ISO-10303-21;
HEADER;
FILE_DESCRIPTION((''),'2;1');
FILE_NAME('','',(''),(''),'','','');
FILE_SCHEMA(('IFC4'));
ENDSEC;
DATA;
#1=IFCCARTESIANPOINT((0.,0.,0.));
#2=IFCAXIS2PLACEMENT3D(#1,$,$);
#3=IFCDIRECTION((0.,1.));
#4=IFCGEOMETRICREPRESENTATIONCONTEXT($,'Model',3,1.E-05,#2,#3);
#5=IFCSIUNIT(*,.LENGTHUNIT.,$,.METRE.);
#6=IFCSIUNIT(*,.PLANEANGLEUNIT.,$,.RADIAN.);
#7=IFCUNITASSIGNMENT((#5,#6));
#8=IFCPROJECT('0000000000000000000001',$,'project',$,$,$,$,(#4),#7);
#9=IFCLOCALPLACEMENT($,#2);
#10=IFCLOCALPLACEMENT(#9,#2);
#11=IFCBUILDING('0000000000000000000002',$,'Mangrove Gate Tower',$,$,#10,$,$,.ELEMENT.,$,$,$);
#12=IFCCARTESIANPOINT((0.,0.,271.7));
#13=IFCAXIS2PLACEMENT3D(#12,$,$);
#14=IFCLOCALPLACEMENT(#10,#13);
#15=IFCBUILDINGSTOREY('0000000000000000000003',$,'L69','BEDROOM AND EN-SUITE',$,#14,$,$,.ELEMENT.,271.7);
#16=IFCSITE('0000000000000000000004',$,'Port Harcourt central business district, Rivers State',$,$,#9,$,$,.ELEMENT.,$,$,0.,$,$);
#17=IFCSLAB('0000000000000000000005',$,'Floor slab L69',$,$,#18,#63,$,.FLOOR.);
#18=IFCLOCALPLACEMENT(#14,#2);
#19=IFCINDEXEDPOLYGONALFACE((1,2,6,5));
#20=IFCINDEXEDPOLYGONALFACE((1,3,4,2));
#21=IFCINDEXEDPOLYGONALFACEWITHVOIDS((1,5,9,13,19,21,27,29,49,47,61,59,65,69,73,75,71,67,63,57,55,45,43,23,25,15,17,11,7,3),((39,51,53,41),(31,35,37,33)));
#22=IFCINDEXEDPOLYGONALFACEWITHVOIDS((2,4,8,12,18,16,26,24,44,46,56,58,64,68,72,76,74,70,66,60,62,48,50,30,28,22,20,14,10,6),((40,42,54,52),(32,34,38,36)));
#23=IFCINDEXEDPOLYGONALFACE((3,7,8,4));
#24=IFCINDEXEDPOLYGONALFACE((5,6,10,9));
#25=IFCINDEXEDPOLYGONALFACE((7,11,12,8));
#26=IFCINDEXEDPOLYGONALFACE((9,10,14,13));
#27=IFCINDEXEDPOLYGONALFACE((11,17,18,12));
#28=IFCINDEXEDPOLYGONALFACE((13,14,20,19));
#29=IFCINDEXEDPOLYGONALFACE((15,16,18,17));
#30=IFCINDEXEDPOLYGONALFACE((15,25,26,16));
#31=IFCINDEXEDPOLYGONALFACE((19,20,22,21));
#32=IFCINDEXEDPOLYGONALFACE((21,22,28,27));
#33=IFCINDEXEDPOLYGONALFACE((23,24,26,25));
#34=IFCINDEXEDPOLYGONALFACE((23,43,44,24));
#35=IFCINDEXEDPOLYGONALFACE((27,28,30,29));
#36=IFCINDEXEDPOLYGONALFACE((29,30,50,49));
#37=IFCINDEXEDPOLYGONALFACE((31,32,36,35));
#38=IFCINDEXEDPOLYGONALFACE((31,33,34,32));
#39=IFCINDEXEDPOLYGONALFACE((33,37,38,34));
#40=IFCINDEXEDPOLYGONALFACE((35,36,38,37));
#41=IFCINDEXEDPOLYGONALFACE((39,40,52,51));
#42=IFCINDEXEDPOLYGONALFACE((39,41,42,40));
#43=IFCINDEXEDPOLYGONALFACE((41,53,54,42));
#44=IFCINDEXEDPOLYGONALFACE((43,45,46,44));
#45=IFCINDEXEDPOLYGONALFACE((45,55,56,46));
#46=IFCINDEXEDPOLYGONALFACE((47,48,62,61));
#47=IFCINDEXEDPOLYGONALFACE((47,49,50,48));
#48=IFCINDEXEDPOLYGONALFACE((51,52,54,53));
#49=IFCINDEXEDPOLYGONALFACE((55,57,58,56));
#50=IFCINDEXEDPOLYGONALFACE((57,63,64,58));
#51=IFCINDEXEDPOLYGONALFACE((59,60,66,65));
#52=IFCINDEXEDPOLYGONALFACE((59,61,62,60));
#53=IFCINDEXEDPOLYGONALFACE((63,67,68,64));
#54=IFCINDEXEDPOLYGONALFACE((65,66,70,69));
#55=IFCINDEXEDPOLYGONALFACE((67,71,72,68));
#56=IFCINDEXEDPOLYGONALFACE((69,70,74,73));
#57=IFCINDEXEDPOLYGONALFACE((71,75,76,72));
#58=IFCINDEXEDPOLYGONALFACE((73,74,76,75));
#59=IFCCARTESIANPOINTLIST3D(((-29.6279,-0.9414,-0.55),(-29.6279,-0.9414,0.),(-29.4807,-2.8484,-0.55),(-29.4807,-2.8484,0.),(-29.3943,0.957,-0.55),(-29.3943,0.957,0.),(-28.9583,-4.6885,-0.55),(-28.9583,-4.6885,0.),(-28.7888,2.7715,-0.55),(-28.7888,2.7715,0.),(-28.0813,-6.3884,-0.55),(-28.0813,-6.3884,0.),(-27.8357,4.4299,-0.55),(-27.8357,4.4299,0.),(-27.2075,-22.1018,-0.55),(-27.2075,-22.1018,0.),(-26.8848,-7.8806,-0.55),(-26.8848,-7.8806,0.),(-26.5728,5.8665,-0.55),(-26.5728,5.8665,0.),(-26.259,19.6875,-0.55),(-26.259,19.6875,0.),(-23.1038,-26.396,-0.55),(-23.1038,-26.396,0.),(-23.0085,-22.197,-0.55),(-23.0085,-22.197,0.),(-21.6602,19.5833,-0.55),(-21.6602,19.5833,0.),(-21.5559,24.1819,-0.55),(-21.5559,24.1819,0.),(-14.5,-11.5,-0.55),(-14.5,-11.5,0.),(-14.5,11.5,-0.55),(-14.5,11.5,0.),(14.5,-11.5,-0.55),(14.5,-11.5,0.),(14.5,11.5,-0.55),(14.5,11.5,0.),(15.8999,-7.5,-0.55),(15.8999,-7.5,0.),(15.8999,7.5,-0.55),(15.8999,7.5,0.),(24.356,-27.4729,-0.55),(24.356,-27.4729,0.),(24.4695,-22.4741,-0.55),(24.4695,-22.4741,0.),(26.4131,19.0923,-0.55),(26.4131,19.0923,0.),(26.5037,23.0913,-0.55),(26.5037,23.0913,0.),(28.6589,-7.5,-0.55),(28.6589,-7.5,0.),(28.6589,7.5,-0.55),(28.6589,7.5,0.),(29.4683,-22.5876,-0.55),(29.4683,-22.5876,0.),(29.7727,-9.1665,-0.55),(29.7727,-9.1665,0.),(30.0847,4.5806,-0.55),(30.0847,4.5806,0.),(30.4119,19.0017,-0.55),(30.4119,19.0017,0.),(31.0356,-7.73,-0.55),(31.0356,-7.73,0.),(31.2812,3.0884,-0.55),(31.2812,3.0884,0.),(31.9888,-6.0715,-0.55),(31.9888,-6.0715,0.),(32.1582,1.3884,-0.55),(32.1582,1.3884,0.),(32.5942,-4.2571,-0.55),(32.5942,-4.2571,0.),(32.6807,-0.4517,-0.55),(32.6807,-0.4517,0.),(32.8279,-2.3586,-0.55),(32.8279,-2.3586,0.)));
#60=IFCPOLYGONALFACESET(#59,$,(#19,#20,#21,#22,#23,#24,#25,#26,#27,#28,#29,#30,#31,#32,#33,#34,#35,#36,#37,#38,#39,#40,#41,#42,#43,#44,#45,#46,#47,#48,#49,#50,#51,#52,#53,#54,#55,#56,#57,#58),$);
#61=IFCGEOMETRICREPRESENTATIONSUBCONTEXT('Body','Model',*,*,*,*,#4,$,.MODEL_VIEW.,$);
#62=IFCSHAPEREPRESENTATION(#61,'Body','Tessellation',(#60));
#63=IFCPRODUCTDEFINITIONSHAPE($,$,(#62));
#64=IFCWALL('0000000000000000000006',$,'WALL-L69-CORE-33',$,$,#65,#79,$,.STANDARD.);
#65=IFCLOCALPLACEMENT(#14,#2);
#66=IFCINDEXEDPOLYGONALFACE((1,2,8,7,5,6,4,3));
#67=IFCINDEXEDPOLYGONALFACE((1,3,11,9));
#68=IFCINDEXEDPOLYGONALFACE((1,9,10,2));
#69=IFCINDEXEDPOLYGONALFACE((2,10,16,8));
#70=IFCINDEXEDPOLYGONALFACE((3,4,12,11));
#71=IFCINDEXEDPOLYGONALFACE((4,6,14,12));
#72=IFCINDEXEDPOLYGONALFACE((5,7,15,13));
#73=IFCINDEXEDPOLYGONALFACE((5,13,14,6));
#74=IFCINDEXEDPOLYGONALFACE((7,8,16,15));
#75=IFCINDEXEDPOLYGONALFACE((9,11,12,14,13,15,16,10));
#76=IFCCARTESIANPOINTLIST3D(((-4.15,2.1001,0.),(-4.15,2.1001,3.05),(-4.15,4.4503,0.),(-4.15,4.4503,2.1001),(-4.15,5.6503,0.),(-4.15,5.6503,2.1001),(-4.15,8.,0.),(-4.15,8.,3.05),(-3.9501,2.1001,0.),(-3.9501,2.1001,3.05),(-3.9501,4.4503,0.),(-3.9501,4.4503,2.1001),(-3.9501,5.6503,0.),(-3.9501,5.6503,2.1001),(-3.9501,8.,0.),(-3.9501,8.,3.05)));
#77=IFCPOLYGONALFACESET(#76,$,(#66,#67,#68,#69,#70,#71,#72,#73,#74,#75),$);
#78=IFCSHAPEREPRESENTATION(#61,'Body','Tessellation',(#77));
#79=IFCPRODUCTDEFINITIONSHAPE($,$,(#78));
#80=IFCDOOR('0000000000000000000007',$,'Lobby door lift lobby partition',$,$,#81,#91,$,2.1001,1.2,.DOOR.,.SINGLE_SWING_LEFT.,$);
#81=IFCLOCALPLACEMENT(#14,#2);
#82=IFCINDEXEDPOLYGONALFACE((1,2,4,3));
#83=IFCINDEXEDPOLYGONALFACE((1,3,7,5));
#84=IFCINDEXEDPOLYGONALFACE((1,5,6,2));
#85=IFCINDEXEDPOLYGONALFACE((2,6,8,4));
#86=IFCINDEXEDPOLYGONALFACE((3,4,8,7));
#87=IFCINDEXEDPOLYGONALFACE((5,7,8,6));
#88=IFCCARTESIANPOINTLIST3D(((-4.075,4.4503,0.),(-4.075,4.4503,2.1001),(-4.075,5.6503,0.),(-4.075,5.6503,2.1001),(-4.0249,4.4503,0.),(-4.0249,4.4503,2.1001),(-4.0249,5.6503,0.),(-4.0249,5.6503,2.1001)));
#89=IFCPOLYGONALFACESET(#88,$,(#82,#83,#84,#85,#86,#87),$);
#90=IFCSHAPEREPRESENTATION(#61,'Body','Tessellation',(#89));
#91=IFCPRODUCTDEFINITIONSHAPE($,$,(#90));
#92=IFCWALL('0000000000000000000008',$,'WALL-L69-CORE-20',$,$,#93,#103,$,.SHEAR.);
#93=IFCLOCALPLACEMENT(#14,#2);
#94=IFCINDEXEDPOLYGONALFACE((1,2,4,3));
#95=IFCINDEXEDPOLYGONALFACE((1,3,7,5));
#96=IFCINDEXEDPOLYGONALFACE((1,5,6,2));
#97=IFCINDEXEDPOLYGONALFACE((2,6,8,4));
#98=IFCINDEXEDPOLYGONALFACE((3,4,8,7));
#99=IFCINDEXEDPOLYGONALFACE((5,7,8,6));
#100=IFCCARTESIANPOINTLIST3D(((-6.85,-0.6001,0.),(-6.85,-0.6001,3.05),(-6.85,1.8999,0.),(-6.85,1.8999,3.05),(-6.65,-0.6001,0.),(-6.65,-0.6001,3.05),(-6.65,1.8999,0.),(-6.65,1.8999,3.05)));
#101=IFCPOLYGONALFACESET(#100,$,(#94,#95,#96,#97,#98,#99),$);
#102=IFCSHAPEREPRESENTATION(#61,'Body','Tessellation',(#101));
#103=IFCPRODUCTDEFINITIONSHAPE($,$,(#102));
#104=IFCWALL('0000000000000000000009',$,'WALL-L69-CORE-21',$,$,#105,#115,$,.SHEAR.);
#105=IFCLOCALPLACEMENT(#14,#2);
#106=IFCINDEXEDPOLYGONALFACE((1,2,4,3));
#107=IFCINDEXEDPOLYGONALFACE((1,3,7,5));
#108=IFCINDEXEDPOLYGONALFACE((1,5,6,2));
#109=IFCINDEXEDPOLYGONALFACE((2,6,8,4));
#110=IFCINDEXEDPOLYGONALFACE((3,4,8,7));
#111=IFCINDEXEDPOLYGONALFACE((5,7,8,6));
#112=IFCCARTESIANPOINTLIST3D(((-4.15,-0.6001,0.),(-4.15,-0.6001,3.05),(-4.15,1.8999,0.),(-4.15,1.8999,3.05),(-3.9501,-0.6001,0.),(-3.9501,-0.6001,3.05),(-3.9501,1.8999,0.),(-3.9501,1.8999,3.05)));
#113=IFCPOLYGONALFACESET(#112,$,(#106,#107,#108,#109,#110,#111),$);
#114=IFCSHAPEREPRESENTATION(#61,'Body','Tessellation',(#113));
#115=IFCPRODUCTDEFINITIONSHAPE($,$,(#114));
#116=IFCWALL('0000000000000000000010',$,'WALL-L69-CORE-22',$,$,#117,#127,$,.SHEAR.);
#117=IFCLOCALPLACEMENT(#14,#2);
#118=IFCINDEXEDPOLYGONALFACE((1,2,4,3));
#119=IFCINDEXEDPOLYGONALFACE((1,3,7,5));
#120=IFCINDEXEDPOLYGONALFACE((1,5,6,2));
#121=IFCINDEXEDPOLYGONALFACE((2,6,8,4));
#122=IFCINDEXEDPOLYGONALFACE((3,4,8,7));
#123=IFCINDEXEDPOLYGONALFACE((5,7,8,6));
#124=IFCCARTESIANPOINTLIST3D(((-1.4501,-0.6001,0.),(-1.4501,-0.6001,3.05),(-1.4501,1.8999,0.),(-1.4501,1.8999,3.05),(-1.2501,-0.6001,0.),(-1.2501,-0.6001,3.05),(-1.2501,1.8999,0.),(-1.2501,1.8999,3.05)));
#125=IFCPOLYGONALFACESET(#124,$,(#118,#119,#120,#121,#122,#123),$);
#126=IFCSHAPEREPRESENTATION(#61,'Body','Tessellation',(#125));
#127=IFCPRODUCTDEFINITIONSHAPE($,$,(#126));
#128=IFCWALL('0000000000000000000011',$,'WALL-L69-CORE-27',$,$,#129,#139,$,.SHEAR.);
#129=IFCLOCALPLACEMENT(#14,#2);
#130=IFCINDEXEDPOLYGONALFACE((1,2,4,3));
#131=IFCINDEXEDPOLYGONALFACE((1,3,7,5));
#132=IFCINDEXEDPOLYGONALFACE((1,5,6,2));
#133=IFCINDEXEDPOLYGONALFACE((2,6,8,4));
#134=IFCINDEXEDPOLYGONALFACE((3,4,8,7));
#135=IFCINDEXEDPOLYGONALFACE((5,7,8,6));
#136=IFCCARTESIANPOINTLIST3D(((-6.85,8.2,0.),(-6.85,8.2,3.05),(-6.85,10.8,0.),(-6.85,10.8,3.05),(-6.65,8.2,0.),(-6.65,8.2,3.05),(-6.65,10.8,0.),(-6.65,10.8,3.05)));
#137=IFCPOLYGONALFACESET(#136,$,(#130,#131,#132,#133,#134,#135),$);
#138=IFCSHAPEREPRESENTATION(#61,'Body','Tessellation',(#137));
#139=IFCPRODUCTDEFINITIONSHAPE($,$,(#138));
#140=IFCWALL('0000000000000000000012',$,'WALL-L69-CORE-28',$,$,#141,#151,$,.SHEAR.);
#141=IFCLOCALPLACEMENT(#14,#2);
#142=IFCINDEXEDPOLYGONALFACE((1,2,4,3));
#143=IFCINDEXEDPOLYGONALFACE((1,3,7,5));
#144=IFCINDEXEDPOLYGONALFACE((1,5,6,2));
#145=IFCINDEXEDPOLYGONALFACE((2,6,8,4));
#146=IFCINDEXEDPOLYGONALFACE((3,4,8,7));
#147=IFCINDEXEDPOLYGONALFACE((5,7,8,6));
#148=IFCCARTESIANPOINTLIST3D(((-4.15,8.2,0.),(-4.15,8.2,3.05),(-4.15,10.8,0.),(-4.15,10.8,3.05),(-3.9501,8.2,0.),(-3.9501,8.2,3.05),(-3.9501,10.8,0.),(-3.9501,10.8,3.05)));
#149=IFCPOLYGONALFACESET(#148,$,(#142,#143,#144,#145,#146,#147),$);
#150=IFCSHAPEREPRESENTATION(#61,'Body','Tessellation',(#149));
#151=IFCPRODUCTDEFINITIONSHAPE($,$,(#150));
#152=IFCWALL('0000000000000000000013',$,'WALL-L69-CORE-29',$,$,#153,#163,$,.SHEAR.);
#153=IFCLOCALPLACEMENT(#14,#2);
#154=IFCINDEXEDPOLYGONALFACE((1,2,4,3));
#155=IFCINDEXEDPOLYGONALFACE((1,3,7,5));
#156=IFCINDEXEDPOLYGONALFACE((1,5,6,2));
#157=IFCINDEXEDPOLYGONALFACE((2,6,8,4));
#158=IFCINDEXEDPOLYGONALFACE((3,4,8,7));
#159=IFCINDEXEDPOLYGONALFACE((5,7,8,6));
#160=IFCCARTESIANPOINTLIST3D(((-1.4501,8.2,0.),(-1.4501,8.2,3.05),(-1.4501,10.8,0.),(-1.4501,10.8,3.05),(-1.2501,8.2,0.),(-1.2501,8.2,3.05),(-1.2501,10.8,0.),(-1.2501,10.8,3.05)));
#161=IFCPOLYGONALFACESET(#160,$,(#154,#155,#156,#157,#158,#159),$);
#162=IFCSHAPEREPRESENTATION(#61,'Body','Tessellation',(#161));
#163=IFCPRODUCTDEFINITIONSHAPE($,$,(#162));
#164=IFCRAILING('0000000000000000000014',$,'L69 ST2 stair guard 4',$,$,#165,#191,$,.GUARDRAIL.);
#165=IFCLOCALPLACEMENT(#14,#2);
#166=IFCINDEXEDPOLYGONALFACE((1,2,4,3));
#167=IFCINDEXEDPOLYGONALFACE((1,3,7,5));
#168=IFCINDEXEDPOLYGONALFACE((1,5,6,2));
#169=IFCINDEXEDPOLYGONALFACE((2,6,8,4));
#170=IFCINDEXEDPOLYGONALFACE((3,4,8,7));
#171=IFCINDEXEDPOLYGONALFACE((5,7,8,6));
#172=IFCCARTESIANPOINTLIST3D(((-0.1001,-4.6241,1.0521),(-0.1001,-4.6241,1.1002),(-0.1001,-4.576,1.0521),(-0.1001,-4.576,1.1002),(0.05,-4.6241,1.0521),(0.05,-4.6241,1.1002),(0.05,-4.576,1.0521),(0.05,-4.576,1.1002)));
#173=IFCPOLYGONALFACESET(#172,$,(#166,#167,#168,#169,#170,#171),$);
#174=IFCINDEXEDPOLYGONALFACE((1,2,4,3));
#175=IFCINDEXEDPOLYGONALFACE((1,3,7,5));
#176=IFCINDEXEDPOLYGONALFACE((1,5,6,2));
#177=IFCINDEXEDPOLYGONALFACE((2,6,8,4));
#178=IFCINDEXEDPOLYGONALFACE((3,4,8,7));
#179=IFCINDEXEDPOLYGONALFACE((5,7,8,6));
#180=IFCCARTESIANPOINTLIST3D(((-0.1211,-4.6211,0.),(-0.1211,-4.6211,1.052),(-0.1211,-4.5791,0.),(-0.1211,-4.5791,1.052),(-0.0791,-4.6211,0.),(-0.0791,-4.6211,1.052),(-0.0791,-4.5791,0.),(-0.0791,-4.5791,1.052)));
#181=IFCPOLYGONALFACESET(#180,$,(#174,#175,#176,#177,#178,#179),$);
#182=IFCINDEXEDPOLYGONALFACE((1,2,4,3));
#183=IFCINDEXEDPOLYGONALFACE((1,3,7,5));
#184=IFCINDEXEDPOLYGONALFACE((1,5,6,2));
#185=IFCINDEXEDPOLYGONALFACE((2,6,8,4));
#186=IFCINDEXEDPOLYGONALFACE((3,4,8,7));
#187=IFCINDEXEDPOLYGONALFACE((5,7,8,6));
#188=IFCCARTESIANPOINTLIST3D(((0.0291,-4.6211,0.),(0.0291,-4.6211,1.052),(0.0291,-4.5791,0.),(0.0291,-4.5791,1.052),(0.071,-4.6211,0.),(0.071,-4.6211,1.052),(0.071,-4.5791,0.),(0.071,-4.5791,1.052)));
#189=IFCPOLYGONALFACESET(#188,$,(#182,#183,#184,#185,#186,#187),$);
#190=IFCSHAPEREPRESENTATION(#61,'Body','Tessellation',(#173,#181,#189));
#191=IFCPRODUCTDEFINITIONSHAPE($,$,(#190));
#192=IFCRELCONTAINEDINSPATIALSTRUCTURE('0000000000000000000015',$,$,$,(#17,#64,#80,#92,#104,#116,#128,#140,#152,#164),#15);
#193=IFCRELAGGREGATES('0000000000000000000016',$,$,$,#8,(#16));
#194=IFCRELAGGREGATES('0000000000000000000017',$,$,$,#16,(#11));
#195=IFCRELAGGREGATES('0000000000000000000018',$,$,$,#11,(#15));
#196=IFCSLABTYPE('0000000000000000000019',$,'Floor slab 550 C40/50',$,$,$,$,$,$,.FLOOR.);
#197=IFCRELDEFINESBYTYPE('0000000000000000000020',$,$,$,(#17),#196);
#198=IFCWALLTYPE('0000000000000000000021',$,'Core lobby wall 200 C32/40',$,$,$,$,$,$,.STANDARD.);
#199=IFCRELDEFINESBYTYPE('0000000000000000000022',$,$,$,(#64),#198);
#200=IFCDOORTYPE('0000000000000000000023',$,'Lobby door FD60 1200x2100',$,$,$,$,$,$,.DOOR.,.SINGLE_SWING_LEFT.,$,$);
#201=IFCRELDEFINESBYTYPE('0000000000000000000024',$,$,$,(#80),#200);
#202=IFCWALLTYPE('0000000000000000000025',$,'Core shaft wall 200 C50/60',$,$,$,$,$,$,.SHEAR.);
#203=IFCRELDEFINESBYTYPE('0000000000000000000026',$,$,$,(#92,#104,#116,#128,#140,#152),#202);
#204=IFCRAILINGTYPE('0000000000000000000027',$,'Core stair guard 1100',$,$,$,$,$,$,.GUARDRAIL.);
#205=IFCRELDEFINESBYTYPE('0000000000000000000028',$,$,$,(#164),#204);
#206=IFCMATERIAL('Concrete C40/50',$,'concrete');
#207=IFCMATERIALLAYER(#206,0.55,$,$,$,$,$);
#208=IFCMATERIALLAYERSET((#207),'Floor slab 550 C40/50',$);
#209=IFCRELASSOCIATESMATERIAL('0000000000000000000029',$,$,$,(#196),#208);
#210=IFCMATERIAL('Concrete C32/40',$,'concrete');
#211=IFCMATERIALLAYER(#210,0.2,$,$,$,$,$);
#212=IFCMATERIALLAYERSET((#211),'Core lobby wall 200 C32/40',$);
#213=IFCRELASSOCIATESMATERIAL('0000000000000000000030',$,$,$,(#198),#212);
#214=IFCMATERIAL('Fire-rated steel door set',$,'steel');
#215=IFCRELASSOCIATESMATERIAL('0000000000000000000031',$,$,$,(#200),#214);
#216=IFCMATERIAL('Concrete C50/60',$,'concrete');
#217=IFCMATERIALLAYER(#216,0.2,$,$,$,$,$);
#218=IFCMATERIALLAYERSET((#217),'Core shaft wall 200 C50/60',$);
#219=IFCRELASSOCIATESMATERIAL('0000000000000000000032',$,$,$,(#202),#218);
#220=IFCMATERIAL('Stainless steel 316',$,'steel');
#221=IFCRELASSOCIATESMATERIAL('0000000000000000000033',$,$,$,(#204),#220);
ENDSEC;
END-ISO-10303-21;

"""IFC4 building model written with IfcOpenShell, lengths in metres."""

from ifc_helpers import new_model, si_unit, direction, frame, frame_2d, origin, origin_2d, place, context, subcontext, project, spatial, polyline, rectangle, outline, extrude, material, layer, layer_set, type_object, element, fill, save


model = new_model("IFC4")

# Units and contexts
model_context = context("Model", 3, precision=1e-05, world=origin(), true_north=direction((0.0, 1.0)))
body_context = subcontext(model_context, "Body", "Model", "MODEL_VIEW")
ifc_project = project(units=[si_unit("LENGTHUNIT", "METRE"), si_unit("PLANEANGLEUNIT", "RADIAN")], contexts=[model_context])

# Site, building, storey
site_placement = place(None, origin())
site = spatial("IfcSite", under=ifc_project, at=site_placement, Name="Port Harcourt central business district, Rivers State", CompositionType="ELEMENT", RefElevation=0.0)
building_placement = place(site_placement, origin())
building = spatial("IfcBuilding", under=site, at=building_placement, Name="Mangrove Gate Tower", CompositionType="ELEMENT")
storey_placement = place(building_placement, frame((0.0, 0.0, 271.7)))
storey = spatial("IfcBuildingStorey", under=building, at=storey_placement, Name="L69", Description="BEDROOM AND EN-SUITE", CompositionType="ELEMENT", Elevation=271.7)

# Slab
ifc_material_1 = material(Name="Concrete C40/50", Category="concrete")
ifc_layer_1 = layer(ifc_material_1, 0.55)
ifc_layer_set_1 = layer_set([ifc_layer_1], Name="Floor slab 550 C40/50")
slab_type = type_object("IfcSlabType", Name="Floor slab 550 C40/50", PredefinedType="FLOOR", material=ifc_layer_set_1)
slab_placement = place(storey_placement, frame((0.0, 0.0, -0.55)))
element("IfcSlab", 1, at=slab_placement, inside=storey, type_object=slab_type, Name="Floor slab L69", PredefinedType="FLOOR", context=body_context, shape_type="SweptSolid", body=[
    extrude(outline(polyline([(-23.1038, -26.396), (24.356, -27.4729), (24.4695, -22.4741), (29.4683, -22.5876), (29.7727, -9.1665), (31.0356, -7.73), (31.9888, -6.0715), (32.5942, -4.2571), (32.8279, -2.3586), (32.6807, -0.4517), (32.1582, 1.3884), (31.2812, 3.0884), (30.0847, 4.5806), (30.4119, 19.0017), (26.4131, 19.0923), (26.5037, 23.0913), (-21.5559, 24.1819), (-21.6602, 19.5833), (-26.259, 19.6875), (-26.5728, 5.8665), (-27.8357, 4.4299), (-28.7888, 2.7715), (-29.3943, 0.957), (-29.6279, -0.9414), (-29.4807, -2.8484), (-28.9583, -4.6885), (-28.0813, -6.3884), (-26.8848, -7.8806), (-27.2075, -22.1018), (-23.0085, -22.197), (-23.1038, -26.396)]), holes=[polyline([(15.8999, 7.5), (28.6589, 7.5), (28.6589, -7.5), (15.8999, -7.5), (15.8999, 7.5)]), polyline([(-14.5, -11.5), (-14.5, 11.5), (14.5, 11.5), (14.5, -11.5), (-14.5, -11.5)])]), origin(), (0.0, 0.0, 1.0), 0.55),
])

# Wall, opening, door
ifc_material_2 = material(Name="Concrete C32/40", Category="concrete")
ifc_layer_2 = layer(ifc_material_2, 0.2)
ifc_layer_set_2 = layer_set([ifc_layer_2], Name="Core lobby wall 200 C32/40")
wall_type_1 = type_object("IfcWallType", Name="Core lobby wall 200 C32/40", PredefinedType="STANDARD", material=ifc_layer_set_2)
wall_placement = place(storey_placement, frame((-4.05, 2.1001, 0.0), z_axis=(0.0, 0.0, 1.0), x_axis=(0.0, 1.0, 0.0)))
wall = element("IfcWall", 2, at=wall_placement, inside=storey, type_object=wall_type_1, Name="WALL-L69-CORE-33", PredefinedType="STANDARD", context=body_context, shape_type="SweptSolid", body=[
    extrude(rectangle(XDim=5.8999, YDim=0.2, at=frame_2d((2.95, 0.0))), origin(), (0.0, 0.0, 1.0), 3.05),
])
opening_placement = place(wall_placement, frame((2.3501, 0.0, 0.0)))
opening = element("IfcOpeningElement", 3, at=opening_placement, cuts=wall, PredefinedType="OPENING", context=body_context, shape_type="SweptSolid", body=[
    extrude(rectangle(XDim=1.2, YDim=2.1001, at=frame_2d((0.6001, 1.05))), frame((0.0, 0.1099, 0.0), z_axis=(0.0, -1.0, 0.0), x_axis=(1.0, 0.0, 0.0)), (0.0, 0.0, 1.0), 0.22),
])
ifc_material_3 = material(Name="Fire-rated steel door set", Category="steel")
door_type = type_object("IfcDoorType", Name="Lobby door FD60 1200x2100", OperationType="SINGLE_SWING_LEFT", PredefinedType="DOOR", material=ifc_material_3)
door_placement = place(opening_placement, origin())
door = element("IfcDoor", 4, at=door_placement, inside=storey, type_object=door_type, Name="Lobby door lift lobby partition", OperationType="SINGLE_SWING_LEFT", OverallHeight=2.1001, OverallWidth=1.2, PredefinedType="DOOR", context=body_context, shape_type="SweptSolid", body=[
    extrude(rectangle(XDim=1.2, YDim=2.1001, at=frame_2d((0.6001, 1.05))), frame((0.0, 0.0249, 0.0), z_axis=(0.0, -1.0, 0.0), x_axis=(1.0, 0.0, 0.0)), (0.0, 0.0, 1.0), 0.05),
])
fill(opening, door)

# Walls
ifc_material_4 = material(Name="Concrete C50/60", Category="concrete")
ifc_layer_3 = layer(ifc_material_4, 0.2)
ifc_layer_set_3 = layer_set([ifc_layer_3], Name="Core shaft wall 200 C50/60")
wall_type_2 = type_object("IfcWallType", Name="Core shaft wall 200 C50/60", PredefinedType="SHEAR", material=ifc_layer_set_3)
for number, where, z_axis, x_axis, name in (
    (5, (-6.75, -0.6001, 0.0), (0.0, 0.0, 1.0), (0.0, 1.0, 0.0), "WALL-L69-CORE-20"),
    (6, (-4.05, -0.6001, 0.0), (0.0, 0.0, 1.0), (0.0, 1.0, 0.0), "WALL-L69-CORE-21"),
    (7, (-1.3501, -0.6001, 0.0), (0.0, 0.0, 1.0), (0.0, 1.0, 0.0), "WALL-L69-CORE-22"),
):
    element("IfcWall", number, at=place(storey_placement, frame(where, z_axis=z_axis, x_axis=x_axis)), inside=storey, type_object=wall_type_2, Name=name, PredefinedType="SHEAR", context=body_context, shape_type="SweptSolid", body=[
        extrude(rectangle(XDim=2.5, YDim=0.2, at=frame_2d((1.25, 0.0))), origin(), (0.0, 0.0, 1.0), 3.05),
    ])
for number, where, z_axis, x_axis, name in (
    (8, (-6.75, 8.2, 0.0), (0.0, 0.0, 1.0), (0.0, 1.0, 0.0), "WALL-L69-CORE-27"),
    (9, (-4.05, 8.2, 0.0), (0.0, 0.0, 1.0), (0.0, 1.0, 0.0), "WALL-L69-CORE-28"),
    (10, (-1.3501, 8.2, 0.0), (0.0, 0.0, 1.0), (0.0, 1.0, 0.0), "WALL-L69-CORE-29"),
):
    element("IfcWall", number, at=place(storey_placement, frame(where, z_axis=z_axis, x_axis=x_axis)), inside=storey, type_object=wall_type_2, Name=name, PredefinedType="SHEAR", context=body_context, shape_type="SweptSolid", body=[
        extrude(rectangle(XDim=2.6001, YDim=0.2, at=frame_2d((1.3, 0.0))), origin(), (0.0, 0.0, 1.0), 3.05),
    ])

# Railing
ifc_material_5 = material(Name="Stainless steel 316", Category="steel")
railing_type = type_object("IfcRailingType", Name="Core stair guard 1100", PredefinedType="GUARDRAIL", material=ifc_material_5)
railing_placement = place(storey_placement, frame((-0.1001, -4.6001, 0.0)))
element("IfcRailing", 11, at=railing_placement, inside=storey, type_object=railing_type, Name="L69 ST2 stair guard 4", PredefinedType="GUARDRAIL", context=body_context, shape_type="SweptSolid", body=[
    extrude(rectangle(XDim=0.0481, YDim=0.0481, at=origin_2d()), frame((0.0, 0.0, 1.0762), z_axis=(1.0, 0.0, 0.0), x_axis=(0.0, 1.0, 0.0)), (0.0, 0.0, 1.0), 0.1501),
    extrude(rectangle(XDim=0.042, YDim=0.042, at=origin_2d()), origin(), (0.0, 0.0, 1.0), 1.052),
    extrude(rectangle(XDim=0.042, YDim=0.042, at=origin_2d()), frame((0.1501, 0.0, 0.0)), (0.0, 0.0, 1.0), 1.052),
])

save(model, "model.ifc")
